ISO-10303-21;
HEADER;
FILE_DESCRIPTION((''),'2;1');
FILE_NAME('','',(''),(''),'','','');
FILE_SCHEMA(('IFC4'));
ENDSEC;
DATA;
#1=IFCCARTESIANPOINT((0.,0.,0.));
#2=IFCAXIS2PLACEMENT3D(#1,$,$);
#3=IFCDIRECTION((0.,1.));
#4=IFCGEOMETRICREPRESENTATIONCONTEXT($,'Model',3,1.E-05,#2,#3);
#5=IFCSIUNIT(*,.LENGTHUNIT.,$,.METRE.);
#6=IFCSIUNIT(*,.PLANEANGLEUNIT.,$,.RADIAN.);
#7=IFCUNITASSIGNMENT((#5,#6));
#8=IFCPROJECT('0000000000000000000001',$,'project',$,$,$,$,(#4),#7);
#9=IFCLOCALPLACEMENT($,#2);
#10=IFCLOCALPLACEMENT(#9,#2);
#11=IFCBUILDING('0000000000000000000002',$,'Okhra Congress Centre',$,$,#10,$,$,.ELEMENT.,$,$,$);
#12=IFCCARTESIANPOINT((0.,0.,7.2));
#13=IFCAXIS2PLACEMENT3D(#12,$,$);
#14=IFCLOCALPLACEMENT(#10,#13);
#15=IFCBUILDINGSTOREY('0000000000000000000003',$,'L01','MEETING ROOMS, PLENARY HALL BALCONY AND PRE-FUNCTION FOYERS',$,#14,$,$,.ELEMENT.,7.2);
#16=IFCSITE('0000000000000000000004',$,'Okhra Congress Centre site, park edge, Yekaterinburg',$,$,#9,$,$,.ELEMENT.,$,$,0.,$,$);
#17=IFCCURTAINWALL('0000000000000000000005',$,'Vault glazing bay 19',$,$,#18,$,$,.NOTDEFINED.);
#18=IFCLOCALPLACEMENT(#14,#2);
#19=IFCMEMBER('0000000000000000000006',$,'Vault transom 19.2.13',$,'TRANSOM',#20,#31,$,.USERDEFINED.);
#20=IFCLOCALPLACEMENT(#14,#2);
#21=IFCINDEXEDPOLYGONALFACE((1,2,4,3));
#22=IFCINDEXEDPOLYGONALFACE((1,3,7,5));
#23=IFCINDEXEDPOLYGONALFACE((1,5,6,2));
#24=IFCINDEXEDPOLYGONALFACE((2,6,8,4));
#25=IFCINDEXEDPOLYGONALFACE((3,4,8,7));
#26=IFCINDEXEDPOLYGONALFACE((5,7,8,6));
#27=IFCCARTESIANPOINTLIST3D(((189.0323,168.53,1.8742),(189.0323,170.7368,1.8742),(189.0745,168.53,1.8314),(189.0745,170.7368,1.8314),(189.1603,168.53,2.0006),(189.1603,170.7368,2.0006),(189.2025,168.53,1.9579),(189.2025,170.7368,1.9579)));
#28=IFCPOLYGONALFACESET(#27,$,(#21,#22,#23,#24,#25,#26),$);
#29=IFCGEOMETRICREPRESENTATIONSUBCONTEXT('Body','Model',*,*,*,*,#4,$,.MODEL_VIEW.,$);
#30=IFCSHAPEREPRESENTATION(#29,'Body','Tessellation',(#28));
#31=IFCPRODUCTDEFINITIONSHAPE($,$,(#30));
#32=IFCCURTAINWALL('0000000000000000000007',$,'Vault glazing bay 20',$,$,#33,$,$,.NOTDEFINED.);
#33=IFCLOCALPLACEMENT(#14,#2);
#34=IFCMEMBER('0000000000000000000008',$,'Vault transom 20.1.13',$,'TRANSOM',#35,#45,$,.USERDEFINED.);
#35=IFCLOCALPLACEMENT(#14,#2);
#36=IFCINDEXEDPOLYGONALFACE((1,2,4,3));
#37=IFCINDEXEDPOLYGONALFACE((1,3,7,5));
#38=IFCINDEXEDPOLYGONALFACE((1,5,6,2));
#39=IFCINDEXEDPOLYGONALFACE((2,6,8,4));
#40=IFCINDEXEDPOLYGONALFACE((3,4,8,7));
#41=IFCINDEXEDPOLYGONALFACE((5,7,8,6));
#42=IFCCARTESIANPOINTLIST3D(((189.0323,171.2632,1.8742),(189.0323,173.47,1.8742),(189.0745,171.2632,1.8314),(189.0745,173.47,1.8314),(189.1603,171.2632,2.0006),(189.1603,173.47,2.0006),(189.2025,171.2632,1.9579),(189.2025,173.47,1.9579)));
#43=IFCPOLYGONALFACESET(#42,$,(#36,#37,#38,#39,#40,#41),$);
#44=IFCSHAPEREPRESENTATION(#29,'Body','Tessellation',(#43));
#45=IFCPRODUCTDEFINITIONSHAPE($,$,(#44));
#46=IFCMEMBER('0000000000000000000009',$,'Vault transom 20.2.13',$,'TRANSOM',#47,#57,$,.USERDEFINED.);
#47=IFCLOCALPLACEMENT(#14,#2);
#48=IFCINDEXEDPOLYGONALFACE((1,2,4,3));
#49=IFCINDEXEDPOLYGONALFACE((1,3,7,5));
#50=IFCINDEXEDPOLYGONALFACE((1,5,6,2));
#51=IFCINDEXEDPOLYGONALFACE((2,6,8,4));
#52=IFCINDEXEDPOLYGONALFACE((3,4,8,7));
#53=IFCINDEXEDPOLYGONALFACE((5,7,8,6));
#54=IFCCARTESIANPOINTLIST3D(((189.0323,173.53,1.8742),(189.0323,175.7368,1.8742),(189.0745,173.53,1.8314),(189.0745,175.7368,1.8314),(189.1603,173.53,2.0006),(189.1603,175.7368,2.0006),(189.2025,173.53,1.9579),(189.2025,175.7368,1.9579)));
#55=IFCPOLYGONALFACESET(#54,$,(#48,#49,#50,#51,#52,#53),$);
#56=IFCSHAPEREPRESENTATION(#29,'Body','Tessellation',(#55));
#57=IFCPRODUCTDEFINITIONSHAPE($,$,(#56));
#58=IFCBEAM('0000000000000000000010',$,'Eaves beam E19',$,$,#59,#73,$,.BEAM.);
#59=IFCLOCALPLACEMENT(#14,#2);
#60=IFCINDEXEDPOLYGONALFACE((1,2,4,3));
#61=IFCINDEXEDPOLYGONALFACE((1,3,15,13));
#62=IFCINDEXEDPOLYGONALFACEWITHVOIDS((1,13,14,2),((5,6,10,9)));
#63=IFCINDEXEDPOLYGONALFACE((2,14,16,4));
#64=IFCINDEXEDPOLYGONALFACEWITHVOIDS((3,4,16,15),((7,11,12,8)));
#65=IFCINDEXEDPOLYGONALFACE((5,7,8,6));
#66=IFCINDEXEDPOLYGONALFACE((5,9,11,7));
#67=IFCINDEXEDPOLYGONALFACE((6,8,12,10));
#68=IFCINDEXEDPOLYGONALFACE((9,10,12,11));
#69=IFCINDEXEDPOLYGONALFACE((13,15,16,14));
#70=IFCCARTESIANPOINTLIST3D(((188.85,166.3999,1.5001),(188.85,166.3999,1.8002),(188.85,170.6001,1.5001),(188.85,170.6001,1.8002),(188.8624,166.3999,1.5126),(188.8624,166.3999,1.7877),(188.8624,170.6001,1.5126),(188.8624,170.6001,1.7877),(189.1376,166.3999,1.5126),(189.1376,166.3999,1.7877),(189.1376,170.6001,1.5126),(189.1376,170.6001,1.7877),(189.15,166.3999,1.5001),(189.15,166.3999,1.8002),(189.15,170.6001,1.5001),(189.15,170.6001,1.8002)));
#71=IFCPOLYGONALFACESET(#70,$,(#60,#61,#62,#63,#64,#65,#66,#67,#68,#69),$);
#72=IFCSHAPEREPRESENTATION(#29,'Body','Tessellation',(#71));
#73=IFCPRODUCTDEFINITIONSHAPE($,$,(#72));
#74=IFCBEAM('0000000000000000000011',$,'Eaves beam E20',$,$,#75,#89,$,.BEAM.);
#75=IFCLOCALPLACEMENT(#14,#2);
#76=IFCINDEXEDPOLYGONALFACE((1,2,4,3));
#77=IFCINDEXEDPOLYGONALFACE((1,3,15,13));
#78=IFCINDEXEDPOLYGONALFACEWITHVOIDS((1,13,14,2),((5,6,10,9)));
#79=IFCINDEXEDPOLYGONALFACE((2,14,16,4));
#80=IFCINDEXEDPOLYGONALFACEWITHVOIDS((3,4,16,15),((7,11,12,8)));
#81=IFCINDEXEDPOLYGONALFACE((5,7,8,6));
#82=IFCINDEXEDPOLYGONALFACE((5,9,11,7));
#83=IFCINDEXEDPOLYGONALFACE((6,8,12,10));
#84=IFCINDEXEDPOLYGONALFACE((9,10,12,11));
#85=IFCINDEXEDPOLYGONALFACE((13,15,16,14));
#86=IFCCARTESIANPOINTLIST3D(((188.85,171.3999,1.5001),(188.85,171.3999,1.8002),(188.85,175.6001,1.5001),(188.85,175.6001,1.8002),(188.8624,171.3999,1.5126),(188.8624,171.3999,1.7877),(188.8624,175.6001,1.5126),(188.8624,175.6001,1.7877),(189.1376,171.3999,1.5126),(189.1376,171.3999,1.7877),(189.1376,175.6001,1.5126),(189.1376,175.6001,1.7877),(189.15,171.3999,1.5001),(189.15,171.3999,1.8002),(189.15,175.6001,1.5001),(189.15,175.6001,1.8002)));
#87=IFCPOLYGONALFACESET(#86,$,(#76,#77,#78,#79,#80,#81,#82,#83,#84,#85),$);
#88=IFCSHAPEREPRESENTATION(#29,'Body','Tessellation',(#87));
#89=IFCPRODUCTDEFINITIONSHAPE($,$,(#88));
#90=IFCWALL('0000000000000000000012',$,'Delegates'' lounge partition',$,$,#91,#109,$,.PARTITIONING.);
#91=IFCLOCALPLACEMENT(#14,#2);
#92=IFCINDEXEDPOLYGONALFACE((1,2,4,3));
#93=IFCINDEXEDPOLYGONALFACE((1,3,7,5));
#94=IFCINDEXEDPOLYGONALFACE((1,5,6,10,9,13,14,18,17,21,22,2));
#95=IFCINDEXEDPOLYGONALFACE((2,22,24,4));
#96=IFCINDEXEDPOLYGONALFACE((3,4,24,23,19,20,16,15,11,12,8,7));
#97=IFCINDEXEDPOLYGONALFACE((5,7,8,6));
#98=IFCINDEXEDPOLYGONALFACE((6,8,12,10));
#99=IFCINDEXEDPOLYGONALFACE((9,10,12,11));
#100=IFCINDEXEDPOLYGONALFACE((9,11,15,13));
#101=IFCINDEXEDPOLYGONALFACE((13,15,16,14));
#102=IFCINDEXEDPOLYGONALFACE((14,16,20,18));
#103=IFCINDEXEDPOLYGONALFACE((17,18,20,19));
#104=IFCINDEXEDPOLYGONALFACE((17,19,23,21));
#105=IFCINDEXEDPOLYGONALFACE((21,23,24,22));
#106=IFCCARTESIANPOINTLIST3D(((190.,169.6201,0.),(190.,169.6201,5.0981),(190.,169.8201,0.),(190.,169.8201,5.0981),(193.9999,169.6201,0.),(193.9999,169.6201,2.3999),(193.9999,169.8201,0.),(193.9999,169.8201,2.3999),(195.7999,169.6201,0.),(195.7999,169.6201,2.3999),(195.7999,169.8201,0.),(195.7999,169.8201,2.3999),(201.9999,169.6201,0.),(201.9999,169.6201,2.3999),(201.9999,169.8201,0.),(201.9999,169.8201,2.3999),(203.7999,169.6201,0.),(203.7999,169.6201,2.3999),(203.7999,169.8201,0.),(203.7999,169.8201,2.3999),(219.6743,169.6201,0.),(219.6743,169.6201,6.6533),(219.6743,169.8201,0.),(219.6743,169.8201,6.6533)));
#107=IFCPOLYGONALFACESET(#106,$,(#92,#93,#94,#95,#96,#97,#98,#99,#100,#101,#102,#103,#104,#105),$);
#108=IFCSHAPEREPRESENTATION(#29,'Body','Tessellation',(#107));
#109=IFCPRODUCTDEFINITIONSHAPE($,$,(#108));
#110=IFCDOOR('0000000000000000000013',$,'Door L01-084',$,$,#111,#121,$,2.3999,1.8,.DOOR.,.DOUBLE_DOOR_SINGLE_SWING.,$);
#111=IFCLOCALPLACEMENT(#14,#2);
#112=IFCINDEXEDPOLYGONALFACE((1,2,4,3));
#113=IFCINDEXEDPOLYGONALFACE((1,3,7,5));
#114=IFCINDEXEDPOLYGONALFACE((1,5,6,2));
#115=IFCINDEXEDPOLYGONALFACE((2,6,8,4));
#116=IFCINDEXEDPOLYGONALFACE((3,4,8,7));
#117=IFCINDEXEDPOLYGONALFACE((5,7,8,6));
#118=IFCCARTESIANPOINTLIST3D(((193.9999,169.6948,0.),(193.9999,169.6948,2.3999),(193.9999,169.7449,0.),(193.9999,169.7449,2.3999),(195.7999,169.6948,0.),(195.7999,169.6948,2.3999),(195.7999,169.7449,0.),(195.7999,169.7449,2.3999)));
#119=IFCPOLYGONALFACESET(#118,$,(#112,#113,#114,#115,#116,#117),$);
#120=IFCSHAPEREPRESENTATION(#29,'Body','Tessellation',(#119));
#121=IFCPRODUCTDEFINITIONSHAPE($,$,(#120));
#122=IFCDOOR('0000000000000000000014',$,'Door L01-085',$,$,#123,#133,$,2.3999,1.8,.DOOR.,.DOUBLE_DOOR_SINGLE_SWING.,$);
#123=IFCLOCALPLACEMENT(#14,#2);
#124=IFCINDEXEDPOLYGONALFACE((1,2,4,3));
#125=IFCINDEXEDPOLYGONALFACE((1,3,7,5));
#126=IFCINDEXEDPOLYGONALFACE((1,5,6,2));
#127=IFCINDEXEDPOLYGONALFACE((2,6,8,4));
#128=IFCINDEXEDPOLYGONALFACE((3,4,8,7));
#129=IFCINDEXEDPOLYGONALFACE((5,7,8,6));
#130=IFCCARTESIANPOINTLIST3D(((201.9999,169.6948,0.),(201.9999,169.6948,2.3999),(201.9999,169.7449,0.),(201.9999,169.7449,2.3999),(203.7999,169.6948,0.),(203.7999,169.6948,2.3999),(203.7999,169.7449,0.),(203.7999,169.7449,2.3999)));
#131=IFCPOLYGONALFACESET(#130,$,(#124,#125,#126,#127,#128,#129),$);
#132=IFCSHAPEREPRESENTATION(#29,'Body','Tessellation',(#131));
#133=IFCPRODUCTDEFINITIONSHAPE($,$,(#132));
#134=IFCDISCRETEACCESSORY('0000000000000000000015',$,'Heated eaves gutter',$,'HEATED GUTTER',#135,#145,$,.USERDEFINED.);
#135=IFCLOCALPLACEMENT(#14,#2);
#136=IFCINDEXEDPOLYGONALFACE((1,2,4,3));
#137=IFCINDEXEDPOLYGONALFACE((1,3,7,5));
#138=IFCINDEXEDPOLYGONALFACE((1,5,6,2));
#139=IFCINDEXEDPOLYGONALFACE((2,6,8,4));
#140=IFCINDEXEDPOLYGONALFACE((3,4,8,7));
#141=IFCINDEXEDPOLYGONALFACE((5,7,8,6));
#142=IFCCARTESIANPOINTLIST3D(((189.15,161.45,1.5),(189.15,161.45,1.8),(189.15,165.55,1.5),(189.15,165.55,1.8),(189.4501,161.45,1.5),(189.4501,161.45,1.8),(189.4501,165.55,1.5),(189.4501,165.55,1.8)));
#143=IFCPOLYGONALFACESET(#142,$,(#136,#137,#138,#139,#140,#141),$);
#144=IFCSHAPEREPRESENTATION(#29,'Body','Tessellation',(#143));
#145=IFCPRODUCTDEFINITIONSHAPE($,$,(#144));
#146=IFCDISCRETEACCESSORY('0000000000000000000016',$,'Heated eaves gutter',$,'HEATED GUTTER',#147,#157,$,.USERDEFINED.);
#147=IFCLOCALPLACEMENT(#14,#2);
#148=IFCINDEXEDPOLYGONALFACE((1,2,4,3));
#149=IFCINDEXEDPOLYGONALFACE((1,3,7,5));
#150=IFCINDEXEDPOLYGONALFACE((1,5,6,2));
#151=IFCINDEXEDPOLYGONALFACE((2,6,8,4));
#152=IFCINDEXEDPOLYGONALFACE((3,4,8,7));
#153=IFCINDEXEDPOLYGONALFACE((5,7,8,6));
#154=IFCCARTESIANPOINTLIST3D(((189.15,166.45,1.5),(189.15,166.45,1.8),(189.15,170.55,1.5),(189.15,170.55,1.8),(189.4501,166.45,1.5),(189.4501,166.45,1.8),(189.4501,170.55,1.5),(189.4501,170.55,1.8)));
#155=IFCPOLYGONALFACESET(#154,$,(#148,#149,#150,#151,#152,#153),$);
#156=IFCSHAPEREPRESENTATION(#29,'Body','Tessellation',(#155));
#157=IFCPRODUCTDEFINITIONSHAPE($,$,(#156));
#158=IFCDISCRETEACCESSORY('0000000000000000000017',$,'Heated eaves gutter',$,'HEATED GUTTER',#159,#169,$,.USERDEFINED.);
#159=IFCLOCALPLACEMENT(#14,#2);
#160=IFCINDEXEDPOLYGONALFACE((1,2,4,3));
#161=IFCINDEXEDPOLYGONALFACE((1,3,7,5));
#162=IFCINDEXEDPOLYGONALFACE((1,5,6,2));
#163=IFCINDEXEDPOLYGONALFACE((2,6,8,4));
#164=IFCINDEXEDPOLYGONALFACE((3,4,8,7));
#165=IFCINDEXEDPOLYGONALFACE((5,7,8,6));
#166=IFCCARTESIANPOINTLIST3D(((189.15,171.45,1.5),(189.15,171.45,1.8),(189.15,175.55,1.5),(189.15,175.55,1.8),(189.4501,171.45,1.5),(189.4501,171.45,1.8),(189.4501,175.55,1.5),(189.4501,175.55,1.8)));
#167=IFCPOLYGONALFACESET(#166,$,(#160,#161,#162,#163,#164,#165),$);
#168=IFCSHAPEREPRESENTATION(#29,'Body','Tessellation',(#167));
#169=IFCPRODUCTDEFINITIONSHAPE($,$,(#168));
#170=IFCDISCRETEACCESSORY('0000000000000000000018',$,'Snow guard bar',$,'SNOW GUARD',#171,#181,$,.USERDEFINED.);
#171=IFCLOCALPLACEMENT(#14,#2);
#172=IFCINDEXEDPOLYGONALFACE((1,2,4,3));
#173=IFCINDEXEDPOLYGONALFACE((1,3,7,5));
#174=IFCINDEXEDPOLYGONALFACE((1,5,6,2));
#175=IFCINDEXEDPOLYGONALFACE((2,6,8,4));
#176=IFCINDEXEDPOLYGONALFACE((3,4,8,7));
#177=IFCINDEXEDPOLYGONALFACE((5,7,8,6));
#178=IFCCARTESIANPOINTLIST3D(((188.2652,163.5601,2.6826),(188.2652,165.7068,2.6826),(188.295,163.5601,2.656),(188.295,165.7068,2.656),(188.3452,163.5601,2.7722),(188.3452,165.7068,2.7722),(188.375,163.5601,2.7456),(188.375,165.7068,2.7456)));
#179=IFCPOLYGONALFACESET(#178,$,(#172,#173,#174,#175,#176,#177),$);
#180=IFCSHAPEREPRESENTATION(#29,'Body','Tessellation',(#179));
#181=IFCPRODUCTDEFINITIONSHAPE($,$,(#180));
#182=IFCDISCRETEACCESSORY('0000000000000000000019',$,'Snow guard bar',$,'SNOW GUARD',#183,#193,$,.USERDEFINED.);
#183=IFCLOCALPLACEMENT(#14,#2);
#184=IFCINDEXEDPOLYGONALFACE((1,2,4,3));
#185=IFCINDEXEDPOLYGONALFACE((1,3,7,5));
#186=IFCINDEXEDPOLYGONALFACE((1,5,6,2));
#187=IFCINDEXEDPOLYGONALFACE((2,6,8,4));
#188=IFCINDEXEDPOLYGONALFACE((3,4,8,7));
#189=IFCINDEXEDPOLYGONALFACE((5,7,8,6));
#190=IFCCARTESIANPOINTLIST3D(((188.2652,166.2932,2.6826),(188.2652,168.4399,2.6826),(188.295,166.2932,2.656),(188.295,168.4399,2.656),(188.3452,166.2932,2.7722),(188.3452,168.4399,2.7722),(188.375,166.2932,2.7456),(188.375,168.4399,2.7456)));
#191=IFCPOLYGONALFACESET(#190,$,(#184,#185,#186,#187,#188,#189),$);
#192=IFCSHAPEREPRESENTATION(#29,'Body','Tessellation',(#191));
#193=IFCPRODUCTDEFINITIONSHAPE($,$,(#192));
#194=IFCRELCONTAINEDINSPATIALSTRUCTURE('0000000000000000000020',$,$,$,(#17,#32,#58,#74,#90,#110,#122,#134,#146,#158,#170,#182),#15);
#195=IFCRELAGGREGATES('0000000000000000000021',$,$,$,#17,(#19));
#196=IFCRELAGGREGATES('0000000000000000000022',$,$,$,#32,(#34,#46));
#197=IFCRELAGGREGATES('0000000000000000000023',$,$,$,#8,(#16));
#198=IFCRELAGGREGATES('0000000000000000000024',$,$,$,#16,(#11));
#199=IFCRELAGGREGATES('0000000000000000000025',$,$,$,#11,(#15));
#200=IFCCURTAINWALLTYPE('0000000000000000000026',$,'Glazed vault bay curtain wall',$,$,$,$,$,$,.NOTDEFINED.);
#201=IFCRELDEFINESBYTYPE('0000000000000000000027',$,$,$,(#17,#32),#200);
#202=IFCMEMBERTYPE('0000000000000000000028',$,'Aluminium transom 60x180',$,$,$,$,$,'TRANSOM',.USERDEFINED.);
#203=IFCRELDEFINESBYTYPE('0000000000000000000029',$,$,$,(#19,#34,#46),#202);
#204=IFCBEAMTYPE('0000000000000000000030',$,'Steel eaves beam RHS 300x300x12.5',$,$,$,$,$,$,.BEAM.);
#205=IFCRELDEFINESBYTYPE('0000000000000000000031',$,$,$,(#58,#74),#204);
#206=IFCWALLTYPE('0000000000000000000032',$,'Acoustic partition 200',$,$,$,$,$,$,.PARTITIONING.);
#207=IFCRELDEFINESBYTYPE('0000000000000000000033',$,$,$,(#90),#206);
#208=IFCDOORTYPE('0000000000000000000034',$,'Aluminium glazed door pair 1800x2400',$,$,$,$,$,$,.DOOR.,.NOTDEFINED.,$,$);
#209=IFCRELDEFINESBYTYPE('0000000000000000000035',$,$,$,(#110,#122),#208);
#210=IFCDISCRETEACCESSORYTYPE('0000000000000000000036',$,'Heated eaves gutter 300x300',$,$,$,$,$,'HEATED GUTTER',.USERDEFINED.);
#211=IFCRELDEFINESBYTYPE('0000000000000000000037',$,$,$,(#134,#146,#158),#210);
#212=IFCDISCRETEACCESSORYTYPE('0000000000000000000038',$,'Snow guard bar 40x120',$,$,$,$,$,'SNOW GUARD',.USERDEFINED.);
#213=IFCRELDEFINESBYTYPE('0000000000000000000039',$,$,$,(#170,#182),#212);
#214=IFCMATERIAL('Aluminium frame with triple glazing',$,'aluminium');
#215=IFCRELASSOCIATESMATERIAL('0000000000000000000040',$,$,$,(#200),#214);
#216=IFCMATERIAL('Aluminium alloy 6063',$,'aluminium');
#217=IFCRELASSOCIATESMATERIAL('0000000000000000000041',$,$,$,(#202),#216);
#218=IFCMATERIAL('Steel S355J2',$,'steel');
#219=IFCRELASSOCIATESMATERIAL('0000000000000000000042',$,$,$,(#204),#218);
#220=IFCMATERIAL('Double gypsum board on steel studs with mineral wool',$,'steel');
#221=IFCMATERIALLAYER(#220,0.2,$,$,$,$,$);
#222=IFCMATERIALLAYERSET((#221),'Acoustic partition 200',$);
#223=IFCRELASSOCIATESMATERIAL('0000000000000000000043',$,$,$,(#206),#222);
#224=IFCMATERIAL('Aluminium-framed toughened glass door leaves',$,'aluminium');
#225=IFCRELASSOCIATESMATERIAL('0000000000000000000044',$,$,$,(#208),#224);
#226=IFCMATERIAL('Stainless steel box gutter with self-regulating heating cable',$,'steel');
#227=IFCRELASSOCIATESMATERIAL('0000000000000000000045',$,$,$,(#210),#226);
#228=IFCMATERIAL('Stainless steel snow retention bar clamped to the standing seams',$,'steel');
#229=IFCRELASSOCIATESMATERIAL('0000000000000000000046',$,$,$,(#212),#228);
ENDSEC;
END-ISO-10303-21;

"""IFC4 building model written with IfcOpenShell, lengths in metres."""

from ifc_helpers import new_model, si_unit, direction, frame, frame_2d, origin, origin_2d, place, context, subcontext, project, spatial, polyline, rectangle, hollow_rectangle, outline, extrude, material, layer, layer_set, material_profile, profile_set, type_object, element, fill, aggregate, save


model = new_model("IFC4")

# Units and contexts
model_context = context("Model", 3, precision=1e-05, world=origin(), true_north=direction((0.0, 1.0)))
body_context = subcontext(model_context, "Body", "Model", "MODEL_VIEW")
ifc_project = project(units=[si_unit("LENGTHUNIT", "METRE"), si_unit("PLANEANGLEUNIT", "RADIAN")], contexts=[model_context])

# Site, building, storey
site_placement = place(None, origin())
site = spatial("IfcSite", under=ifc_project, at=site_placement, Name="Okhra Congress Centre site, park edge, Yekaterinburg", CompositionType="ELEMENT", RefElevation=0.0)
building_placement = place(site_placement, origin())
building = spatial("IfcBuilding", under=site, at=building_placement, Name="Okhra Congress Centre", CompositionType="ELEMENT")
storey_placement = place(building_placement, frame((0.0, 0.0, 7.2)))
storey = spatial("IfcBuildingStorey", under=building, at=storey_placement, Name="L01", Description="MEETING ROOMS, PLENARY HALL BALCONY AND PRE-FUNCTION FOYERS", CompositionType="ELEMENT", Elevation=7.2)

# Shared definitions
ifc_material_1 = material(Name="Steel S355J2", Category="steel")

# Shared definitions
ifc_material_2 = material(Name="Aluminium frame with triple glazing", Category="aluminium")
curtain_wall_type = type_object("IfcCurtainWallType", Name="Glazed vault bay curtain wall", PredefinedType="NOTDEFINED", material=ifc_material_2)
ifc_material_3 = material(Name="Aluminium alloy 6063", Category="aluminium")
ifc_material_profile_1 = material_profile(ifc_material_3, rectangle(XDim=0.0601, YDim=0.1799, at=origin_2d()), Name="AL 60x180 transom")
ifc_profile_set_1 = profile_set([ifc_material_profile_1], Name="Aluminium alloy 6063")
member_type = type_object("IfcMemberType", Name="Aluminium transom 60x180", ElementType="TRANSOM", PredefinedType="USERDEFINED", material=ifc_profile_set_1)

# Curtain walls, members
curtain_wall_1_placement = place(storey_placement, origin())
curtain_wall_1 = element("IfcCurtainWall", 1, at=curtain_wall_1_placement, inside=storey, type_object=curtain_wall_type, Name="Vault glazing bay 19", PredefinedType="NOTDEFINED")
member_1_placement = place(storey_placement, frame((189.1174, 168.53, 1.916), z_axis=(0.0, 1.0, 0.0), x_axis=(-0.702636, 0.0, 0.711549)))
member_1 = element("IfcMember", 2, at=member_1_placement, type_object=member_type, Name="Vault transom 19.2.13", ObjectType="TRANSOM", PredefinedType="USERDEFINED", context=body_context, shape_type="SweptSolid", body=[
    extrude(rectangle(XDim=0.0601, YDim=0.1799, at=origin_2d()), origin(), (0.0, 0.0, 1.0), 2.2068),
])
aggregate(curtain_wall_1, [member_1])
curtain_wall_2_placement = place(storey_placement, origin())
curtain_wall_2 = element("IfcCurtainWall", 3, at=curtain_wall_2_placement, inside=storey, type_object=curtain_wall_type, Name="Vault glazing bay 20", PredefinedType="NOTDEFINED")
member_2_placement = place(storey_placement, frame((189.1174, 171.2632, 1.916), z_axis=(0.0, 1.0, 0.0), x_axis=(-0.702636, 0.0, 0.711549)))
member_2 = element("IfcMember", 4, at=member_2_placement, type_object=member_type, Name="Vault transom 20.1.13", ObjectType="TRANSOM", PredefinedType="USERDEFINED", context=body_context, shape_type="SweptSolid", body=[
    extrude(rectangle(XDim=0.0601, YDim=0.1799, at=origin_2d()), origin(), (0.0, 0.0, 1.0), 2.2068),
])
member_3_placement = place(storey_placement, frame((189.1174, 173.53, 1.916), z_axis=(0.0, 1.0, 0.0), x_axis=(-0.702636, 0.0, 0.711549)))
member_3 = element("IfcMember", 5, at=member_3_placement, type_object=member_type, Name="Vault transom 20.2.13", ObjectType="TRANSOM", PredefinedType="USERDEFINED", context=body_context, shape_type="SweptSolid", body=[
    extrude(rectangle(XDim=0.0601, YDim=0.1799, at=origin_2d()), origin(), (0.0, 0.0, 1.0), 2.2068),
])
aggregate(curtain_wall_2, [member_2, member_3])

# Beams
ifc_material_profile_2 = material_profile(ifc_material_1, hollow_rectangle(XDim=0.3, YDim=0.3, WallThickness=0.0125, at=origin_2d()), Name="RHS 300x300x12.5")
ifc_profile_set_2 = profile_set([ifc_material_profile_2], Name="Steel S355J2")
beam_type = type_object("IfcBeamType", Name="Steel eaves beam RHS 300x300x12.5", PredefinedType="BEAM", material=ifc_profile_set_2)
for number, where, z_axis, x_axis, name in (
    (6, (189.0, 166.3999, 1.6501), (0.0, 1.0, 0.0), (-1.0, 0.0, 0.0), "Eaves beam E19"),
    (7, (189.0, 171.3999, 1.6501), (0.0, 1.0, 0.0), (-1.0, 0.0, 0.0), "Eaves beam E20"),
):
    element("IfcBeam", number, at=place(storey_placement, frame(where, z_axis=z_axis, x_axis=x_axis)), inside=storey, type_object=beam_type, Name=name, PredefinedType="BEAM", context=body_context, shape_type="SweptSolid", body=[
        extrude(hollow_rectangle(XDim=0.3, YDim=0.3, WallThickness=0.0125, at=origin_2d()), origin(), (0.0, 0.0, 1.0), 4.2002),
    ])

# Wall, openings, doors
ifc_material_4 = material(Name="Double gypsum board on steel studs with mineral wool", Category="steel")
ifc_layer = layer(ifc_material_4, 0.2)
ifc_layer_set = layer_set([ifc_layer], Name="Acoustic partition 200")
wall_type = type_object("IfcWallType", Name="Acoustic partition 200", PredefinedType="PARTITIONING", material=ifc_layer_set)
wall_placement = place(storey_placement, frame((190.0, 169.72, 0.0), z_axis=(0.0, 0.0, 1.0), x_axis=(1.0, 0.0, 0.0)))
wall = element("IfcWall", 8, at=wall_placement, inside=storey, type_object=wall_type, Name="Delegates' lounge partition", PredefinedType="PARTITIONING", context=body_context, shape_type="SweptSolid", body=[
    extrude(outline(polyline([(0.0, 0.0), (29.6743, 0.0), (29.6743, 6.6533), (0.0, 5.0981), (0.0, 0.0)])), frame((0.0, 0.1001, 0.0), z_axis=(0.0, -1.0, 0.0), x_axis=(1.0, 0.0, 0.0)), (0.0, 0.0, 1.0), 0.2),
])
opening_1_placement = place(wall_placement, frame((4.0, 0.0, 0.0)))
opening_1 = element("IfcOpeningElement", 9, at=opening_1_placement, cuts=wall, PredefinedType="OPENING", context=body_context, shape_type="SweptSolid", body=[
    extrude(rectangle(XDim=1.8, YDim=2.3999, at=frame_2d((0.8999, 1.2))), frame((0.0, 0.1099, 0.0), z_axis=(0.0, -1.0, 0.0), x_axis=(1.0, 0.0, 0.0)), (0.0, 0.0, 1.0), 0.22),
])
opening_2_placement = place(wall_placement, frame((12.0, 0.0, 0.0)))
opening_2 = element("IfcOpeningElement", 10, at=opening_2_placement, cuts=wall, PredefinedType="OPENING", context=body_context, shape_type="SweptSolid", body=[
    extrude(rectangle(XDim=1.8, YDim=2.3999, at=frame_2d((0.8999, 1.2))), frame((0.0, 0.1099, 0.0), z_axis=(0.0, -1.0, 0.0), x_axis=(1.0, 0.0, 0.0)), (0.0, 0.0, 1.0), 0.22),
])
ifc_material_5 = material(Name="Aluminium-framed toughened glass door leaves", Category="aluminium")
door_type = type_object("IfcDoorType", Name="Aluminium glazed door pair 1800x2400", OperationType="NOTDEFINED", PredefinedType="DOOR", material=ifc_material_5)
door_1_placement = place(opening_1_placement, origin())
door_1 = element("IfcDoor", 11, at=door_1_placement, inside=storey, type_object=door_type, Name="Door L01-084", OperationType="DOUBLE_DOOR_SINGLE_SWING", OverallHeight=2.3999, OverallWidth=1.8, PredefinedType="DOOR", context=body_context, shape_type="SweptSolid", body=[
    extrude(rectangle(XDim=1.8, YDim=2.3999, at=frame_2d((0.8999, 1.2))), frame((0.0, 0.0249, 0.0), z_axis=(0.0, -1.0, 0.0), x_axis=(1.0, 0.0, 0.0)), (0.0, 0.0, 1.0), 0.05),
])
fill(opening_1, door_1)
door_2_placement = place(opening_2_placement, origin())
door_2 = element("IfcDoor", 12, at=door_2_placement, inside=storey, type_object=door_type, Name="Door L01-085", OperationType="DOUBLE_DOOR_SINGLE_SWING", OverallHeight=2.3999, OverallWidth=1.8, PredefinedType="DOOR", context=body_context, shape_type="SweptSolid", body=[
    extrude(rectangle(XDim=1.8, YDim=2.3999, at=frame_2d((0.8999, 1.2))), frame((0.0, 0.0249, 0.0), z_axis=(0.0, -1.0, 0.0), x_axis=(1.0, 0.0, 0.0)), (0.0, 0.0, 1.0), 0.05),
])
fill(opening_2, door_2)

# Discrete accessories
ifc_material_6 = material(Name="Stainless steel box gutter with self-regulating heating cable", Category="steel")
discrete_accessory_type_1 = type_object("IfcDiscreteAccessoryType", Name="Heated eaves gutter 300x300", ElementType="HEATED GUTTER", PredefinedType="USERDEFINED", material=ifc_material_6)
for number, where, z_axis, x_axis, name in (
    (13, (189.3, 163.5, 1.5), (0.0, 0.0, 1.0), (1.0, 0.0, 0.0), "Heated eaves gutter"),
    (14, (189.3, 168.5, 1.5), (0.0, 0.0, 1.0), (1.0, 0.0, 0.0), "Heated eaves gutter"),
    (15, (189.3, 173.5, 1.5), (0.0, 0.0, 1.0), (1.0, 0.0, 0.0), "Heated eaves gutter"),
):
    element("IfcDiscreteAccessory", number, at=place(storey_placement, frame(where, z_axis=z_axis, x_axis=x_axis)), inside=storey, type_object=discrete_accessory_type_1, Name=name, ObjectType="HEATED GUTTER", PredefinedType="USERDEFINED", context=body_context, shape_type="SweptSolid", body=[
        extrude(rectangle(XDim=0.3, YDim=4.1001, at=origin_2d()), origin(), (0.0, 0.0, 1.0), 0.3),
    ])
ifc_material_7 = material(Name="Stainless steel snow retention bar clamped to the standing seams", Category="steel")
discrete_accessory_type_2 = type_object("IfcDiscreteAccessoryType", Name="Snow guard bar 40x120", ElementType="SNOW GUARD", PredefinedType="USERDEFINED", material=ifc_material_7)
for number, where, z_axis, x_axis, name in (
    (16, (188.3452, 163.5601, 2.7722), (0.666259, 0.0, 0.745721), (0.745721, 0.0, -0.666259), "Snow guard bar"),
    (17, (188.3452, 166.2932, 2.7722), (0.666259, 0.0, 0.745721), (0.745721, 0.0, -0.666259), "Snow guard bar"),
):
    element("IfcDiscreteAccessory", number, at=place(storey_placement, frame(where, z_axis=z_axis, x_axis=x_axis)), inside=storey, type_object=discrete_accessory_type_2, Name=name, ObjectType="SNOW GUARD", PredefinedType="USERDEFINED", context=body_context, shape_type="SweptSolid", body=[
        extrude(outline(polyline([(0.0, 0.0), (0.0399, 0.0), (0.0399, 2.1467), (0.0, 2.1467), (0.0, 0.0)])), origin(), (0.0, 0.0, -1.0), 0.1201),
    ])

save(model, "model.ifc")
